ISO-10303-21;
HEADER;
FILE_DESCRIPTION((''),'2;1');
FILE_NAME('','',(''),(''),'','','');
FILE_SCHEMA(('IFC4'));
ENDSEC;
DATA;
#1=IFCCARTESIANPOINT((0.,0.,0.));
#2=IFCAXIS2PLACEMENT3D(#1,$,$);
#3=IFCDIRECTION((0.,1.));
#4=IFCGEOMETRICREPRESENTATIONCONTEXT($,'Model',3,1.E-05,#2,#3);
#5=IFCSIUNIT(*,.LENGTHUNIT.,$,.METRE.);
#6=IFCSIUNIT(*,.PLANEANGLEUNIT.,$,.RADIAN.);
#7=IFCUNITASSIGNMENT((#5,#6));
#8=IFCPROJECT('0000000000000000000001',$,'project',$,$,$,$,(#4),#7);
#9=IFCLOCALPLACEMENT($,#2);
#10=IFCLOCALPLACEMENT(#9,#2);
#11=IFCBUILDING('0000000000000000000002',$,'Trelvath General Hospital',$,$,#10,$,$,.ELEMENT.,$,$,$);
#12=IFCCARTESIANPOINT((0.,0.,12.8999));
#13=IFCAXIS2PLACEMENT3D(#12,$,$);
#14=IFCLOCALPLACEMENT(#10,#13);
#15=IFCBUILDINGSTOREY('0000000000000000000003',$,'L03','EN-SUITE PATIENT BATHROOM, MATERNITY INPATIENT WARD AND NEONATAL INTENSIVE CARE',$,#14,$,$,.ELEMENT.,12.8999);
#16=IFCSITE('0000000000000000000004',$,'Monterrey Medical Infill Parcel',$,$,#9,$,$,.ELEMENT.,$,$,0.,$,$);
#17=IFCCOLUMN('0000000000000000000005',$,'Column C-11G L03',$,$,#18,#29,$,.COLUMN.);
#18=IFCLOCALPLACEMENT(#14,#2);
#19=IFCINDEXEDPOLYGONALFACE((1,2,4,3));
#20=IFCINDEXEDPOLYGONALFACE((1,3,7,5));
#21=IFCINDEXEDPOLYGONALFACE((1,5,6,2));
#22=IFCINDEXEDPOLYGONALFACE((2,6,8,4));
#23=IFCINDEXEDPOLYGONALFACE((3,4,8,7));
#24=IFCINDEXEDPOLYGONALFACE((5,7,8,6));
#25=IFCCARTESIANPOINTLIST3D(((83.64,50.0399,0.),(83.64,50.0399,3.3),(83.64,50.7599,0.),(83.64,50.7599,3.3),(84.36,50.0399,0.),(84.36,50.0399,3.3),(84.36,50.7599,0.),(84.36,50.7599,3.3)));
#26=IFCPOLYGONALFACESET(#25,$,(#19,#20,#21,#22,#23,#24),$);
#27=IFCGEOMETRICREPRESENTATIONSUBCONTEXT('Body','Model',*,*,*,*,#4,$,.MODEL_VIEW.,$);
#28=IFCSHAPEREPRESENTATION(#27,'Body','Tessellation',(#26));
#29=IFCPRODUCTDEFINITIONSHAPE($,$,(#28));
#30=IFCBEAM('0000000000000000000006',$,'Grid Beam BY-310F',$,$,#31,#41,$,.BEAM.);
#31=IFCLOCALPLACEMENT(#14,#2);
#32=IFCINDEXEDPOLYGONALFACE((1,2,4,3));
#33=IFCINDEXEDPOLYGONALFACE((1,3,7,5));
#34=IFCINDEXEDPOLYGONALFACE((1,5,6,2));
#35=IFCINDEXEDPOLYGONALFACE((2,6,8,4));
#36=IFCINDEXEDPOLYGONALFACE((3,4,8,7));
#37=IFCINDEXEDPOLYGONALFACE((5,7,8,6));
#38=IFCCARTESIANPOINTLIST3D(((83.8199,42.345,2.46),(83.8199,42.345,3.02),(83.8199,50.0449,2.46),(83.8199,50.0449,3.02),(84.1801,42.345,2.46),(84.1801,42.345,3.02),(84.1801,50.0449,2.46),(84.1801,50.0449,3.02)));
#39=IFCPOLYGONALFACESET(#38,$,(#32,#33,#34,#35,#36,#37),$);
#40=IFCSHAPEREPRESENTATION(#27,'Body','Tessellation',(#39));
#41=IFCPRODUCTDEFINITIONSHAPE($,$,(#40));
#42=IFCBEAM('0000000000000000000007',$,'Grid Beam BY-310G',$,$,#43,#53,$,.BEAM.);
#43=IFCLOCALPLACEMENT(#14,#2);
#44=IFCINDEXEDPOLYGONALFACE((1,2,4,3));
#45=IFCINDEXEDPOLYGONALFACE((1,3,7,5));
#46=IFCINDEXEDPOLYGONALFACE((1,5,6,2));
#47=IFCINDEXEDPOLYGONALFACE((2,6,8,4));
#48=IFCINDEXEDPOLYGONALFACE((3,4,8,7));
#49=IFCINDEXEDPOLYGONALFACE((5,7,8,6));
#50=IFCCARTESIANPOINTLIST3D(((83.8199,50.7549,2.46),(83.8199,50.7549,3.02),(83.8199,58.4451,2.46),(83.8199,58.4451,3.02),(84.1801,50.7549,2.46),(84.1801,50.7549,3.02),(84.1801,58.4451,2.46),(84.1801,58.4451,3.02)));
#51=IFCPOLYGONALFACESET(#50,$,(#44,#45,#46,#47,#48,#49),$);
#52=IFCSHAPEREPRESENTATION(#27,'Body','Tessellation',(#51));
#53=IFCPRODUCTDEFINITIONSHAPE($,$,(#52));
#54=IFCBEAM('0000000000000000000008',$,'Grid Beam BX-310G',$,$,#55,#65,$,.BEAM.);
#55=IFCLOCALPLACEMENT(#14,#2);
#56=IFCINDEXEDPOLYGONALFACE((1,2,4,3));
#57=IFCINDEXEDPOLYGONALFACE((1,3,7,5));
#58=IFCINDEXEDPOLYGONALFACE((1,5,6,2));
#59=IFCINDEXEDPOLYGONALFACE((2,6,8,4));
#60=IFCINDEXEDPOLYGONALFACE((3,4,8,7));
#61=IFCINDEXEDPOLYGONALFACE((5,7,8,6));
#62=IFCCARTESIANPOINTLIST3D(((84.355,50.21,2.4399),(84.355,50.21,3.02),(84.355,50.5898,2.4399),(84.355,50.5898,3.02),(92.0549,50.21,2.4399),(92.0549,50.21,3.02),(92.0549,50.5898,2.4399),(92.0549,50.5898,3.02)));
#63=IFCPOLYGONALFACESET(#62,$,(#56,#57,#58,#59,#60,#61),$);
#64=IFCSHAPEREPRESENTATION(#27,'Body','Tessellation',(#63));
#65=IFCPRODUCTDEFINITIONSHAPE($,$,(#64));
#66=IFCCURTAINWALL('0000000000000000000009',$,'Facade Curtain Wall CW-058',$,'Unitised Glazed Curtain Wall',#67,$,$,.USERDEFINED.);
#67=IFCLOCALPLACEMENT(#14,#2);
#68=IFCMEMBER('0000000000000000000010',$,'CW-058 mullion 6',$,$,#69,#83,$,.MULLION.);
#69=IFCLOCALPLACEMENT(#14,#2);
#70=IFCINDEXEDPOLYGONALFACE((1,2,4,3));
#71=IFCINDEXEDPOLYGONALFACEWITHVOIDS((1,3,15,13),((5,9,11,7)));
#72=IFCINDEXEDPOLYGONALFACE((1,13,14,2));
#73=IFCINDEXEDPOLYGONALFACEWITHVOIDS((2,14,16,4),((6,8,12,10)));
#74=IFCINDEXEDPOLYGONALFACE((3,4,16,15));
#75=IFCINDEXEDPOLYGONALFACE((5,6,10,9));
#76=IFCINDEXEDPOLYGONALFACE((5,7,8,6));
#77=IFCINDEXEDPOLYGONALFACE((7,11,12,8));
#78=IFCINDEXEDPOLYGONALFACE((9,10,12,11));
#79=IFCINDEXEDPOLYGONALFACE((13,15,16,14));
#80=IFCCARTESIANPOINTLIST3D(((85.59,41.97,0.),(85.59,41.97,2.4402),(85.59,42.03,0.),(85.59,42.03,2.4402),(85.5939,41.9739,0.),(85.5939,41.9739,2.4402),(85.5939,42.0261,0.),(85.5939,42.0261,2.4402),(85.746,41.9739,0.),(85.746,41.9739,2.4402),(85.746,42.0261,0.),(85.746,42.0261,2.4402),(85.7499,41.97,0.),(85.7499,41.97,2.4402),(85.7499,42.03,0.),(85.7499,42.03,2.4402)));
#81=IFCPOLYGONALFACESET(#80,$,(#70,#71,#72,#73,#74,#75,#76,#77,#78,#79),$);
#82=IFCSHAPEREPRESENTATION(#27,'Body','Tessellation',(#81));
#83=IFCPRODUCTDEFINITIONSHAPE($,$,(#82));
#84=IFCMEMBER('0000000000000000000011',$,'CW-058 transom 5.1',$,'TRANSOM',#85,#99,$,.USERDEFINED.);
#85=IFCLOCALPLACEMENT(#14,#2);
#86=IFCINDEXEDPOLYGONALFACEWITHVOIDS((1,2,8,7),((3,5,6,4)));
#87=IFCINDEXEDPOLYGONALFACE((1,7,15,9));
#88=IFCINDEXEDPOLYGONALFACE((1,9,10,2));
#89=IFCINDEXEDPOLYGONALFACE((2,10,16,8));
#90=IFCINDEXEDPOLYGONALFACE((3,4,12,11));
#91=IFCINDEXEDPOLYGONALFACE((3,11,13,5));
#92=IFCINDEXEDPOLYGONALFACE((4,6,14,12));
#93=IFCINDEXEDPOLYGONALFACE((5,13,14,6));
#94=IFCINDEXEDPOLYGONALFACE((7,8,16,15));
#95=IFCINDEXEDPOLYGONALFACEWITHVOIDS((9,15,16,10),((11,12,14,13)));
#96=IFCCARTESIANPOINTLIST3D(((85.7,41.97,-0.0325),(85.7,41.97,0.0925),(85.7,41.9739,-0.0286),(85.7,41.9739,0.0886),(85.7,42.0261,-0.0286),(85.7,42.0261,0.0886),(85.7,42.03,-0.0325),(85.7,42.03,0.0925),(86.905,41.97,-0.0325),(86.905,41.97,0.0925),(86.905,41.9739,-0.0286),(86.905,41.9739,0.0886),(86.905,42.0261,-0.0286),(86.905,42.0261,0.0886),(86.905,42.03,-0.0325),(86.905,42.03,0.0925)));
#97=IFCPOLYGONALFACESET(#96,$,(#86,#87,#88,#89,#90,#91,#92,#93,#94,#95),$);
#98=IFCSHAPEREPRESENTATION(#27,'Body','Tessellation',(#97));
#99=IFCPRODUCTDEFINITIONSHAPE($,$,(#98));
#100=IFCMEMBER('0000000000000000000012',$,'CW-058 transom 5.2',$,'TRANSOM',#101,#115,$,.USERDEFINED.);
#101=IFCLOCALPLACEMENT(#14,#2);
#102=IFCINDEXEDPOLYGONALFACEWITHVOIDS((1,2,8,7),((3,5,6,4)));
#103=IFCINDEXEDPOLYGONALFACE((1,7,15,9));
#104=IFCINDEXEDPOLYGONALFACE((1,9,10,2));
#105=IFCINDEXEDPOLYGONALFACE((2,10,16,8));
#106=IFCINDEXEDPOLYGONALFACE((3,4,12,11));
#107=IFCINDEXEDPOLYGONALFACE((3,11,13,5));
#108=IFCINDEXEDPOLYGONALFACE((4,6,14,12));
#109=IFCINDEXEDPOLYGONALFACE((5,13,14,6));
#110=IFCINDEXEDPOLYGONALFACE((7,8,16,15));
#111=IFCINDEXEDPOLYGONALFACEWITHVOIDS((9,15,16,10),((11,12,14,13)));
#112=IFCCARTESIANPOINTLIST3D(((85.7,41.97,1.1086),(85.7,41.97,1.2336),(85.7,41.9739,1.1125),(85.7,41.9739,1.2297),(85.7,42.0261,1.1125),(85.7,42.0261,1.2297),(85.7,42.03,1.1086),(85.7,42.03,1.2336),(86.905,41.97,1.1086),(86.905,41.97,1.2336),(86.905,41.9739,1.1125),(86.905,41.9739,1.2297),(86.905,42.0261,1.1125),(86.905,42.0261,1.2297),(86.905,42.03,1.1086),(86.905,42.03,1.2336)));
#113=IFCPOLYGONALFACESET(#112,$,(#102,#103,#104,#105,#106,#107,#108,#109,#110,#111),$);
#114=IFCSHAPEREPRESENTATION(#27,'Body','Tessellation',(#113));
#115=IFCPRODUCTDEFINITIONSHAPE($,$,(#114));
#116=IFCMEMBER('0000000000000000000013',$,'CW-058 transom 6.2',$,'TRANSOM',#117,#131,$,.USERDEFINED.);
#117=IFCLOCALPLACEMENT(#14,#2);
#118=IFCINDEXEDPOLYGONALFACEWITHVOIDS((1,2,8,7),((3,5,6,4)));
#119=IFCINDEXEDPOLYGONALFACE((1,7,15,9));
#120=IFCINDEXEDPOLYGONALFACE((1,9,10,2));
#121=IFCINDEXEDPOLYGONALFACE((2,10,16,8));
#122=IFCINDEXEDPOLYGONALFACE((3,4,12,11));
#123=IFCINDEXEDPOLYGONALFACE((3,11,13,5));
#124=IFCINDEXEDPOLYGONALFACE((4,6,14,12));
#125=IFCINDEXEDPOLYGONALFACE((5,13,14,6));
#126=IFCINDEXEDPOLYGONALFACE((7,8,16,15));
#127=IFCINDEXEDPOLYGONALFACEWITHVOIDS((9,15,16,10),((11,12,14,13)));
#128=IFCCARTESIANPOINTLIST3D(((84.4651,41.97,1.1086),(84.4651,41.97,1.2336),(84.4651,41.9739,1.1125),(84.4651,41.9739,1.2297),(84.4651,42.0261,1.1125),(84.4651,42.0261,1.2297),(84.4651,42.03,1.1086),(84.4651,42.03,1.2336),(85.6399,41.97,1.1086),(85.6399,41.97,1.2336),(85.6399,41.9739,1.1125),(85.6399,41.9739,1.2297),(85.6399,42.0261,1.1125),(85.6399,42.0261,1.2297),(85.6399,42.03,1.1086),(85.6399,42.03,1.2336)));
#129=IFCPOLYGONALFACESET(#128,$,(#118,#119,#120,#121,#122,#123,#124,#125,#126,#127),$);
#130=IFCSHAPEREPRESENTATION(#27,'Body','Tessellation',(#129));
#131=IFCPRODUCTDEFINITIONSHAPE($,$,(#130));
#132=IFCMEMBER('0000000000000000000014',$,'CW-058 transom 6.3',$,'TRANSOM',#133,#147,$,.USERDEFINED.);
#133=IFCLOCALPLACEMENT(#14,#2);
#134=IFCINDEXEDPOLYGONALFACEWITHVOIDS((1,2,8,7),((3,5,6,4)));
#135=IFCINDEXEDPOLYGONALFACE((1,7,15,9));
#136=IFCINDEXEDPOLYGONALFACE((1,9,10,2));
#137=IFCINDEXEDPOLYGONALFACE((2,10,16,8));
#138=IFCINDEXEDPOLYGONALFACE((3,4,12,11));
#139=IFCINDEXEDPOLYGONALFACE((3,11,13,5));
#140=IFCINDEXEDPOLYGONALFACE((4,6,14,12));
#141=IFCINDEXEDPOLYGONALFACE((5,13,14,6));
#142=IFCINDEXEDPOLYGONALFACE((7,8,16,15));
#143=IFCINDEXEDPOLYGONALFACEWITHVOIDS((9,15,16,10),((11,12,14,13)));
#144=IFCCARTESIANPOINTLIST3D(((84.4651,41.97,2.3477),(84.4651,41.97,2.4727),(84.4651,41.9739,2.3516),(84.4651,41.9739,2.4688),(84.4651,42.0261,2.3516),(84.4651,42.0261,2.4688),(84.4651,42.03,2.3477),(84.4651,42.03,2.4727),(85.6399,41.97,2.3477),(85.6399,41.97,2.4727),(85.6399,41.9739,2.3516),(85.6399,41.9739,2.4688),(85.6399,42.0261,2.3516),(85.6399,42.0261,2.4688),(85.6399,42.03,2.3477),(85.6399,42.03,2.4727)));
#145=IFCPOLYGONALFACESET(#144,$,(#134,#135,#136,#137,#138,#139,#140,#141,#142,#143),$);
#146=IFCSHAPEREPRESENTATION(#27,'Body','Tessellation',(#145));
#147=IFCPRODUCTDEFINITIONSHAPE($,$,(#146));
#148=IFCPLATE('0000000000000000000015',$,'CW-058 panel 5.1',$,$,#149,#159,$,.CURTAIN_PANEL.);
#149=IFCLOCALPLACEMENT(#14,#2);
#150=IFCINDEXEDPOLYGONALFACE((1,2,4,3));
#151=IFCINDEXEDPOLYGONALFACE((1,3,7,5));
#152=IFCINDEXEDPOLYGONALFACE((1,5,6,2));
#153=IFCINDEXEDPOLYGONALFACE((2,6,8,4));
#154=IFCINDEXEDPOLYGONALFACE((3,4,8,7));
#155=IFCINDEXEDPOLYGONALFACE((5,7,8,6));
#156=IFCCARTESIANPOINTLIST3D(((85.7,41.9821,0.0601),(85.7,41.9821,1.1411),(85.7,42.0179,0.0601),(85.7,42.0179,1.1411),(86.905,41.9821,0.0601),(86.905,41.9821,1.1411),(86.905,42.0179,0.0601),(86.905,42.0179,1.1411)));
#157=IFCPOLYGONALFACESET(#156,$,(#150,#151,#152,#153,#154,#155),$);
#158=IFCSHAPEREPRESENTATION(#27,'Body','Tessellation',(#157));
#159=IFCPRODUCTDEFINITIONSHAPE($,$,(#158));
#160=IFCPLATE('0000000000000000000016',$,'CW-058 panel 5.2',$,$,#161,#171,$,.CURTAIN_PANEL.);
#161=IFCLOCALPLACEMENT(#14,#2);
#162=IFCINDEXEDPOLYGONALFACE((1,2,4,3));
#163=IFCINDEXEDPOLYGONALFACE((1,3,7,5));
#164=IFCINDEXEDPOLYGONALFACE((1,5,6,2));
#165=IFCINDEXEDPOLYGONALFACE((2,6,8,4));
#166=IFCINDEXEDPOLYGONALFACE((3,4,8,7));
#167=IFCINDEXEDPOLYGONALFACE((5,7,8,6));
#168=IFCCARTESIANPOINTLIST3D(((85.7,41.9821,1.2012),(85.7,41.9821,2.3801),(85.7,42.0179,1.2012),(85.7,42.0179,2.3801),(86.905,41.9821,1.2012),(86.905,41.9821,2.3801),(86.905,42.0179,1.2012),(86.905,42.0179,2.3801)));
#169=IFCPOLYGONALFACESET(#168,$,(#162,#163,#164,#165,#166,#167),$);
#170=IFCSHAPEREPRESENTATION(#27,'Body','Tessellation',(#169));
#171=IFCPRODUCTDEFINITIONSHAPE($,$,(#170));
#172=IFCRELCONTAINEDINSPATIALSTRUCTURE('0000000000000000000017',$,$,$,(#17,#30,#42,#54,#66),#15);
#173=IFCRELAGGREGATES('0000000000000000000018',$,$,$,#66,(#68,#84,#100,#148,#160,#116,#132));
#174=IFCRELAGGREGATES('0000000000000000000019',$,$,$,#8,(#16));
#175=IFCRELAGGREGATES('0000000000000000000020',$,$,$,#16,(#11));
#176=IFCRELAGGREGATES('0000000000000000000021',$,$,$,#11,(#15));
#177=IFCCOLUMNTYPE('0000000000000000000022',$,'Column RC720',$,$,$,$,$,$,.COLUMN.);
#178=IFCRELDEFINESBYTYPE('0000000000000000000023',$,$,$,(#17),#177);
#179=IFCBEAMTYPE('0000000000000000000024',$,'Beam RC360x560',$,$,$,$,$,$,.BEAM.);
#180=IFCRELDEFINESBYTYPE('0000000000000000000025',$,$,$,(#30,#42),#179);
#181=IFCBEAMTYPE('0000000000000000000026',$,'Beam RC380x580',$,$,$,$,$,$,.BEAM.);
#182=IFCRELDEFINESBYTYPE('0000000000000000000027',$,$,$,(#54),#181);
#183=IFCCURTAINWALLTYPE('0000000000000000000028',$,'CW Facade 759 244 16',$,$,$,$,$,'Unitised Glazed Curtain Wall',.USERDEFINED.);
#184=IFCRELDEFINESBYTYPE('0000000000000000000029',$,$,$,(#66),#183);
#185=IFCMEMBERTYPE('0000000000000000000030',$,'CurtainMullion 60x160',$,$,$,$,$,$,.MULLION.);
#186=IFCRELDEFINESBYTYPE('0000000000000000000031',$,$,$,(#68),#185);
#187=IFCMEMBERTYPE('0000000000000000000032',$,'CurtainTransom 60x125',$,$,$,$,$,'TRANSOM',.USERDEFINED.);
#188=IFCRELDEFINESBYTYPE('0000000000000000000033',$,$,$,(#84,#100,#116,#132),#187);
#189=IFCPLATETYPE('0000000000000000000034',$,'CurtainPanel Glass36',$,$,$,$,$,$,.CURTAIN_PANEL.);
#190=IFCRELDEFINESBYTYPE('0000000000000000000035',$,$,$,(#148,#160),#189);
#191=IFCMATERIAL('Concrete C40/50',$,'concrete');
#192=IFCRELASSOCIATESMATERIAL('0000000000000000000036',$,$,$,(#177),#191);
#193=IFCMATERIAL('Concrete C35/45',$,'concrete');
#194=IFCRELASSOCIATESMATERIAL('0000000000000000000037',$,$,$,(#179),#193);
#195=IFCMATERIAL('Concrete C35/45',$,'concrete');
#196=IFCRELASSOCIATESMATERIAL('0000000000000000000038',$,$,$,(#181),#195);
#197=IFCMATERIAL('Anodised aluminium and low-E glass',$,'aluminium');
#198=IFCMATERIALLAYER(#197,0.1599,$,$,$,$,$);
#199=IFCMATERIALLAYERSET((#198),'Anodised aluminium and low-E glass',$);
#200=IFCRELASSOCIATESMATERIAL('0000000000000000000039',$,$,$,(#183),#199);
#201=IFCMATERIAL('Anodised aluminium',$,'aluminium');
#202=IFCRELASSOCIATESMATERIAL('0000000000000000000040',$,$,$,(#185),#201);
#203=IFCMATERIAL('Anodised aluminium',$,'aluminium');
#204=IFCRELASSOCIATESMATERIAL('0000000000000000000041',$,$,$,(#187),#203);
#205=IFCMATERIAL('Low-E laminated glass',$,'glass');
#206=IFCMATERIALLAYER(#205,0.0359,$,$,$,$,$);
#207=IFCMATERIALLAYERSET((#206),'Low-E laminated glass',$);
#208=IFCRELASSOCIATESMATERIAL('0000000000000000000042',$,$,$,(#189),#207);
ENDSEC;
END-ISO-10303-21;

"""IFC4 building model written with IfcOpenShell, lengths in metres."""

from ifc_helpers import new_model, si_unit, direction, frame, origin, origin_2d, place, context, subcontext, project, spatial, rectangle, hollow_rectangle, extrude, material, layer, layer_set, material_profile, profile_set, type_object, element, aggregate, save


model = new_model("IFC4")

# Units and contexts
model_context = context("Model", 3, precision=1e-05, world=origin(), true_north=direction((0.0, 1.0)))
body_context = subcontext(model_context, "Body", "Model", "MODEL_VIEW")
ifc_project = project(units=[si_unit("LENGTHUNIT", "METRE"), si_unit("PLANEANGLEUNIT", "RADIAN")], contexts=[model_context])

# Site, building, storey
site_placement = place(None, origin())
site = spatial("IfcSite", under=ifc_project, at=site_placement, Name="Monterrey Medical Infill Parcel", CompositionType="ELEMENT", RefElevation=0.0)
building_placement = place(site_placement, origin())
building = spatial("IfcBuilding", under=site, at=building_placement, Name="Trelvath General Hospital", CompositionType="ELEMENT")
storey_placement = place(building_placement, frame((0.0, 0.0, 12.8999)))
storey = spatial("IfcBuildingStorey", under=building, at=storey_placement, Name="L03", Description="EN-SUITE PATIENT BATHROOM, MATERNITY INPATIENT WARD AND NEONATAL INTENSIVE CARE", CompositionType="ELEMENT", Elevation=12.8999)

# Column
ifc_material_1 = material(Name="Concrete C40/50", Category="concrete")
ifc_material_profile_1 = material_profile(ifc_material_1, rectangle(XDim=0.72, YDim=0.72, at=origin_2d()), Name="RC720x720")
ifc_profile_set_1 = profile_set([ifc_material_profile_1], Name="Concrete C40/50")
column_type = type_object("IfcColumnType", Name="Column RC720", PredefinedType="COLUMN", material=ifc_profile_set_1)
column_placement = place(storey_placement, frame((84.0, 50.3999, 0.0), z_axis=(0.0, 0.0, 1.0), x_axis=(1.0, 0.0, 0.0)))
element("IfcColumn", 1, at=column_placement, inside=storey, type_object=column_type, Name="Column C-11G L03", PredefinedType="COLUMN", context=body_context, shape_type="SweptSolid", body=[
    extrude(rectangle(XDim=0.72, YDim=0.72, at=origin_2d()), origin(), (0.0, 0.0, 1.0), 3.3),
])

# Beams
ifc_material_2 = material(Name="Concrete C35/45", Category="concrete")
ifc_material_profile_2 = material_profile(ifc_material_2, rectangle(XDim=0.3601, YDim=0.5601, at=origin_2d()), Name="RCB360x560")
ifc_profile_set_2 = profile_set([ifc_material_profile_2], Name="Concrete C35/45")
beam_type_1 = type_object("IfcBeamType", Name="Beam RC360x560", PredefinedType="BEAM", material=ifc_profile_set_2)
beam_1_placement = place(storey_placement, frame((84.0, 42.345, 2.74), z_axis=(0.0, 1.0, 0.0), x_axis=(-1.0, 0.0, 0.0)))
element("IfcBeam", 2, at=beam_1_placement, inside=storey, type_object=beam_type_1, Name="Grid Beam BY-310F", PredefinedType="BEAM", context=body_context, shape_type="SweptSolid", body=[
    extrude(rectangle(XDim=0.3601, YDim=0.5601, at=origin_2d()), origin(), (0.0, 0.0, 1.0), 7.7),
])
beam_2_placement = place(storey_placement, frame((84.0, 50.7549, 2.74), z_axis=(0.0, 1.0, 0.0), x_axis=(-1.0, 0.0, 0.0)))
element("IfcBeam", 3, at=beam_2_placement, inside=storey, type_object=beam_type_1, Name="Grid Beam BY-310G", PredefinedType="BEAM", context=body_context, shape_type="SweptSolid", body=[
    extrude(rectangle(XDim=0.3601, YDim=0.5601, at=origin_2d()), origin(), (0.0, 0.0, 1.0), 7.6902),
])
ifc_material_3 = material(Name="Concrete C35/45", Category="concrete")
ifc_material_profile_3 = material_profile(ifc_material_3, rectangle(XDim=0.3799, YDim=0.5801, at=origin_2d()), Name="RCB380x580")
ifc_profile_set_3 = profile_set([ifc_material_profile_3], Name="Concrete C35/45")
beam_type_2 = type_object("IfcBeamType", Name="Beam RC380x580", PredefinedType="BEAM", material=ifc_profile_set_3)
beam_3_placement = place(storey_placement, frame((84.355, 50.3999, 2.73), z_axis=(1.0, 0.0, 0.0), x_axis=(0.0, 1.0, 0.0)))
element("IfcBeam", 4, at=beam_3_placement, inside=storey, type_object=beam_type_2, Name="Grid Beam BX-310G", PredefinedType="BEAM", context=body_context, shape_type="SweptSolid", body=[
    extrude(rectangle(XDim=0.3799, YDim=0.5801, at=origin_2d()), origin(), (0.0, 0.0, 1.0), 7.7),
])

# Curtain wall, members, plates
ifc_material_4 = material(Name="Anodised aluminium and low-E glass", Category="aluminium")
ifc_layer_1 = layer(ifc_material_4, 0.1599)
ifc_layer_set_1 = layer_set([ifc_layer_1], Name="Anodised aluminium and low-E glass")
curtain_wall_type = type_object("IfcCurtainWallType", Name="CW Facade 759 244 16", ElementType="Unitised Glazed Curtain Wall", PredefinedType="USERDEFINED", material=ifc_layer_set_1)
curtain_wall_placement = place(storey_placement, origin())
curtain_wall = element("IfcCurtainWall", 5, at=curtain_wall_placement, inside=storey, type_object=curtain_wall_type, Name="Facade Curtain Wall CW-058", ObjectType="Unitised Glazed Curtain Wall", PredefinedType="USERDEFINED")
ifc_material_5 = material(Name="Anodised aluminium", Category="aluminium")
ifc_material_profile_4 = material_profile(ifc_material_5, hollow_rectangle(XDim=0.0601, YDim=0.1599, WallThickness=0.0039, at=origin_2d()), Name="RHS60x160x4")
ifc_profile_set_4 = profile_set([ifc_material_profile_4], Name="Anodised aluminium")
member_type_1 = type_object("IfcMemberType", Name="CurtainMullion 60x160", PredefinedType="MULLION", material=ifc_profile_set_4)
member_1_placement = place(storey_placement, frame((85.6699, 42.0, 0.0), z_axis=(0.0, 0.0, 1.0), x_axis=(0.0, -1.0, 0.0)))
member_1 = element("IfcMember", 6, at=member_1_placement, type_object=member_type_1, Name="CW-058 mullion 6", PredefinedType="MULLION", context=body_context, shape_type="SweptSolid", body=[
    extrude(hollow_rectangle(XDim=0.0601, YDim=0.1599, WallThickness=0.0039, at=origin_2d()), origin(), (0.0, 0.0, 1.0), 2.4402),
])
ifc_material_6 = material(Name="Anodised aluminium", Category="aluminium")
ifc_material_profile_5 = material_profile(ifc_material_6, hollow_rectangle(XDim=0.0601, YDim=0.125, WallThickness=0.0039, at=origin_2d()), Name="RHS60x125x4")
ifc_profile_set_5 = profile_set([ifc_material_profile_5], Name="Anodised aluminium")
member_type_2 = type_object("IfcMemberType", Name="CurtainTransom 60x125", ElementType="TRANSOM", PredefinedType="USERDEFINED", material=ifc_profile_set_5)
member_2_placement = place(storey_placement, frame((86.905, 42.0, 0.03), z_axis=(-1.0, 0.0, 0.0), x_axis=(0.0, -1.0, 0.0)))
member_2 = element("IfcMember", 7, at=member_2_placement, type_object=member_type_2, Name="CW-058 transom 5.1", ObjectType="TRANSOM", PredefinedType="USERDEFINED", context=body_context, shape_type="SweptSolid", body=[
    extrude(hollow_rectangle(XDim=0.0601, YDim=0.125, WallThickness=0.0039, at=origin_2d()), origin(), (0.0, 0.0, 1.0), 1.2051),
])
member_3_placement = place(storey_placement, frame((86.905, 42.0, 1.1711), z_axis=(-1.0, 0.0, 0.0), x_axis=(0.0, -1.0, 0.0)))
member_3 = element("IfcMember", 8, at=member_3_placement, type_object=member_type_2, Name="CW-058 transom 5.2", ObjectType="TRANSOM", PredefinedType="USERDEFINED", context=body_context, shape_type="SweptSolid", body=[
    extrude(hollow_rectangle(XDim=0.0601, YDim=0.125, WallThickness=0.0039, at=origin_2d()), origin(), (0.0, 0.0, 1.0), 1.2051),
])
member_4_placement = place(storey_placement, frame((85.6399, 42.0, 1.1711), z_axis=(-1.0, 0.0, 0.0), x_axis=(0.0, -1.0, 0.0)))
member_4 = element("IfcMember", 9, at=member_4_placement, type_object=member_type_2, Name="CW-058 transom 6.2", ObjectType="TRANSOM", PredefinedType="USERDEFINED", context=body_context, shape_type="SweptSolid", body=[
    extrude(hollow_rectangle(XDim=0.0601, YDim=0.125, WallThickness=0.0039, at=origin_2d()), origin(), (0.0, 0.0, 1.0), 1.1748),
])
member_5_placement = place(storey_placement, frame((85.6399, 42.0, 2.4102), z_axis=(-1.0, 0.0, 0.0), x_axis=(0.0, -1.0, 0.0)))
member_5 = element("IfcMember", 10, at=member_5_placement, type_object=member_type_2, Name="CW-058 transom 6.3", ObjectType="TRANSOM", PredefinedType="USERDEFINED", context=body_context, shape_type="SweptSolid", body=[
    extrude(hollow_rectangle(XDim=0.0601, YDim=0.125, WallThickness=0.0039, at=origin_2d()), origin(), (0.0, 0.0, 1.0), 1.1748),
])
ifc_material_7 = material(Name="Low-E laminated glass", Category="glass")
ifc_layer_2 = layer(ifc_material_7, 0.0359)
ifc_layer_set_2 = layer_set([ifc_layer_2], Name="Low-E laminated glass")
plate_type = type_object("IfcPlateType", Name="CurtainPanel Glass36", PredefinedType="CURTAIN_PANEL", material=ifc_layer_set_2)
plate_1_placement = place(storey_placement, frame((86.3025, 42.0, 0.0601), z_axis=(0.0, 0.0, 1.0), x_axis=(-1.0, 0.0, 0.0)))
plate_1 = element("IfcPlate", 11, at=plate_1_placement, type_object=plate_type, Name="CW-058 panel 5.1", PredefinedType="CURTAIN_PANEL", context=body_context, shape_type="SweptSolid", body=[
    extrude(rectangle(XDim=1.2051, YDim=0.0359, at=origin_2d()), origin(), (0.0, 0.0, 1.0), 1.0811),
])
plate_2_placement = place(storey_placement, frame((86.3025, 42.0, 1.2012), z_axis=(0.0, 0.0, 1.0), x_axis=(-1.0, 0.0, 0.0)))
plate_2 = element("IfcPlate", 12, at=plate_2_placement, type_object=plate_type, Name="CW-058 panel 5.2", PredefinedType="CURTAIN_PANEL", context=body_context, shape_type="SweptSolid", body=[
    extrude(rectangle(XDim=1.2051, YDim=0.0359, at=origin_2d()), origin(), (0.0, 0.0, 1.0), 1.179),
])
aggregate(curtain_wall, [member_1, member_2, member_3, plate_1, plate_2, member_4, member_5])

save(model, "model.ifc")
